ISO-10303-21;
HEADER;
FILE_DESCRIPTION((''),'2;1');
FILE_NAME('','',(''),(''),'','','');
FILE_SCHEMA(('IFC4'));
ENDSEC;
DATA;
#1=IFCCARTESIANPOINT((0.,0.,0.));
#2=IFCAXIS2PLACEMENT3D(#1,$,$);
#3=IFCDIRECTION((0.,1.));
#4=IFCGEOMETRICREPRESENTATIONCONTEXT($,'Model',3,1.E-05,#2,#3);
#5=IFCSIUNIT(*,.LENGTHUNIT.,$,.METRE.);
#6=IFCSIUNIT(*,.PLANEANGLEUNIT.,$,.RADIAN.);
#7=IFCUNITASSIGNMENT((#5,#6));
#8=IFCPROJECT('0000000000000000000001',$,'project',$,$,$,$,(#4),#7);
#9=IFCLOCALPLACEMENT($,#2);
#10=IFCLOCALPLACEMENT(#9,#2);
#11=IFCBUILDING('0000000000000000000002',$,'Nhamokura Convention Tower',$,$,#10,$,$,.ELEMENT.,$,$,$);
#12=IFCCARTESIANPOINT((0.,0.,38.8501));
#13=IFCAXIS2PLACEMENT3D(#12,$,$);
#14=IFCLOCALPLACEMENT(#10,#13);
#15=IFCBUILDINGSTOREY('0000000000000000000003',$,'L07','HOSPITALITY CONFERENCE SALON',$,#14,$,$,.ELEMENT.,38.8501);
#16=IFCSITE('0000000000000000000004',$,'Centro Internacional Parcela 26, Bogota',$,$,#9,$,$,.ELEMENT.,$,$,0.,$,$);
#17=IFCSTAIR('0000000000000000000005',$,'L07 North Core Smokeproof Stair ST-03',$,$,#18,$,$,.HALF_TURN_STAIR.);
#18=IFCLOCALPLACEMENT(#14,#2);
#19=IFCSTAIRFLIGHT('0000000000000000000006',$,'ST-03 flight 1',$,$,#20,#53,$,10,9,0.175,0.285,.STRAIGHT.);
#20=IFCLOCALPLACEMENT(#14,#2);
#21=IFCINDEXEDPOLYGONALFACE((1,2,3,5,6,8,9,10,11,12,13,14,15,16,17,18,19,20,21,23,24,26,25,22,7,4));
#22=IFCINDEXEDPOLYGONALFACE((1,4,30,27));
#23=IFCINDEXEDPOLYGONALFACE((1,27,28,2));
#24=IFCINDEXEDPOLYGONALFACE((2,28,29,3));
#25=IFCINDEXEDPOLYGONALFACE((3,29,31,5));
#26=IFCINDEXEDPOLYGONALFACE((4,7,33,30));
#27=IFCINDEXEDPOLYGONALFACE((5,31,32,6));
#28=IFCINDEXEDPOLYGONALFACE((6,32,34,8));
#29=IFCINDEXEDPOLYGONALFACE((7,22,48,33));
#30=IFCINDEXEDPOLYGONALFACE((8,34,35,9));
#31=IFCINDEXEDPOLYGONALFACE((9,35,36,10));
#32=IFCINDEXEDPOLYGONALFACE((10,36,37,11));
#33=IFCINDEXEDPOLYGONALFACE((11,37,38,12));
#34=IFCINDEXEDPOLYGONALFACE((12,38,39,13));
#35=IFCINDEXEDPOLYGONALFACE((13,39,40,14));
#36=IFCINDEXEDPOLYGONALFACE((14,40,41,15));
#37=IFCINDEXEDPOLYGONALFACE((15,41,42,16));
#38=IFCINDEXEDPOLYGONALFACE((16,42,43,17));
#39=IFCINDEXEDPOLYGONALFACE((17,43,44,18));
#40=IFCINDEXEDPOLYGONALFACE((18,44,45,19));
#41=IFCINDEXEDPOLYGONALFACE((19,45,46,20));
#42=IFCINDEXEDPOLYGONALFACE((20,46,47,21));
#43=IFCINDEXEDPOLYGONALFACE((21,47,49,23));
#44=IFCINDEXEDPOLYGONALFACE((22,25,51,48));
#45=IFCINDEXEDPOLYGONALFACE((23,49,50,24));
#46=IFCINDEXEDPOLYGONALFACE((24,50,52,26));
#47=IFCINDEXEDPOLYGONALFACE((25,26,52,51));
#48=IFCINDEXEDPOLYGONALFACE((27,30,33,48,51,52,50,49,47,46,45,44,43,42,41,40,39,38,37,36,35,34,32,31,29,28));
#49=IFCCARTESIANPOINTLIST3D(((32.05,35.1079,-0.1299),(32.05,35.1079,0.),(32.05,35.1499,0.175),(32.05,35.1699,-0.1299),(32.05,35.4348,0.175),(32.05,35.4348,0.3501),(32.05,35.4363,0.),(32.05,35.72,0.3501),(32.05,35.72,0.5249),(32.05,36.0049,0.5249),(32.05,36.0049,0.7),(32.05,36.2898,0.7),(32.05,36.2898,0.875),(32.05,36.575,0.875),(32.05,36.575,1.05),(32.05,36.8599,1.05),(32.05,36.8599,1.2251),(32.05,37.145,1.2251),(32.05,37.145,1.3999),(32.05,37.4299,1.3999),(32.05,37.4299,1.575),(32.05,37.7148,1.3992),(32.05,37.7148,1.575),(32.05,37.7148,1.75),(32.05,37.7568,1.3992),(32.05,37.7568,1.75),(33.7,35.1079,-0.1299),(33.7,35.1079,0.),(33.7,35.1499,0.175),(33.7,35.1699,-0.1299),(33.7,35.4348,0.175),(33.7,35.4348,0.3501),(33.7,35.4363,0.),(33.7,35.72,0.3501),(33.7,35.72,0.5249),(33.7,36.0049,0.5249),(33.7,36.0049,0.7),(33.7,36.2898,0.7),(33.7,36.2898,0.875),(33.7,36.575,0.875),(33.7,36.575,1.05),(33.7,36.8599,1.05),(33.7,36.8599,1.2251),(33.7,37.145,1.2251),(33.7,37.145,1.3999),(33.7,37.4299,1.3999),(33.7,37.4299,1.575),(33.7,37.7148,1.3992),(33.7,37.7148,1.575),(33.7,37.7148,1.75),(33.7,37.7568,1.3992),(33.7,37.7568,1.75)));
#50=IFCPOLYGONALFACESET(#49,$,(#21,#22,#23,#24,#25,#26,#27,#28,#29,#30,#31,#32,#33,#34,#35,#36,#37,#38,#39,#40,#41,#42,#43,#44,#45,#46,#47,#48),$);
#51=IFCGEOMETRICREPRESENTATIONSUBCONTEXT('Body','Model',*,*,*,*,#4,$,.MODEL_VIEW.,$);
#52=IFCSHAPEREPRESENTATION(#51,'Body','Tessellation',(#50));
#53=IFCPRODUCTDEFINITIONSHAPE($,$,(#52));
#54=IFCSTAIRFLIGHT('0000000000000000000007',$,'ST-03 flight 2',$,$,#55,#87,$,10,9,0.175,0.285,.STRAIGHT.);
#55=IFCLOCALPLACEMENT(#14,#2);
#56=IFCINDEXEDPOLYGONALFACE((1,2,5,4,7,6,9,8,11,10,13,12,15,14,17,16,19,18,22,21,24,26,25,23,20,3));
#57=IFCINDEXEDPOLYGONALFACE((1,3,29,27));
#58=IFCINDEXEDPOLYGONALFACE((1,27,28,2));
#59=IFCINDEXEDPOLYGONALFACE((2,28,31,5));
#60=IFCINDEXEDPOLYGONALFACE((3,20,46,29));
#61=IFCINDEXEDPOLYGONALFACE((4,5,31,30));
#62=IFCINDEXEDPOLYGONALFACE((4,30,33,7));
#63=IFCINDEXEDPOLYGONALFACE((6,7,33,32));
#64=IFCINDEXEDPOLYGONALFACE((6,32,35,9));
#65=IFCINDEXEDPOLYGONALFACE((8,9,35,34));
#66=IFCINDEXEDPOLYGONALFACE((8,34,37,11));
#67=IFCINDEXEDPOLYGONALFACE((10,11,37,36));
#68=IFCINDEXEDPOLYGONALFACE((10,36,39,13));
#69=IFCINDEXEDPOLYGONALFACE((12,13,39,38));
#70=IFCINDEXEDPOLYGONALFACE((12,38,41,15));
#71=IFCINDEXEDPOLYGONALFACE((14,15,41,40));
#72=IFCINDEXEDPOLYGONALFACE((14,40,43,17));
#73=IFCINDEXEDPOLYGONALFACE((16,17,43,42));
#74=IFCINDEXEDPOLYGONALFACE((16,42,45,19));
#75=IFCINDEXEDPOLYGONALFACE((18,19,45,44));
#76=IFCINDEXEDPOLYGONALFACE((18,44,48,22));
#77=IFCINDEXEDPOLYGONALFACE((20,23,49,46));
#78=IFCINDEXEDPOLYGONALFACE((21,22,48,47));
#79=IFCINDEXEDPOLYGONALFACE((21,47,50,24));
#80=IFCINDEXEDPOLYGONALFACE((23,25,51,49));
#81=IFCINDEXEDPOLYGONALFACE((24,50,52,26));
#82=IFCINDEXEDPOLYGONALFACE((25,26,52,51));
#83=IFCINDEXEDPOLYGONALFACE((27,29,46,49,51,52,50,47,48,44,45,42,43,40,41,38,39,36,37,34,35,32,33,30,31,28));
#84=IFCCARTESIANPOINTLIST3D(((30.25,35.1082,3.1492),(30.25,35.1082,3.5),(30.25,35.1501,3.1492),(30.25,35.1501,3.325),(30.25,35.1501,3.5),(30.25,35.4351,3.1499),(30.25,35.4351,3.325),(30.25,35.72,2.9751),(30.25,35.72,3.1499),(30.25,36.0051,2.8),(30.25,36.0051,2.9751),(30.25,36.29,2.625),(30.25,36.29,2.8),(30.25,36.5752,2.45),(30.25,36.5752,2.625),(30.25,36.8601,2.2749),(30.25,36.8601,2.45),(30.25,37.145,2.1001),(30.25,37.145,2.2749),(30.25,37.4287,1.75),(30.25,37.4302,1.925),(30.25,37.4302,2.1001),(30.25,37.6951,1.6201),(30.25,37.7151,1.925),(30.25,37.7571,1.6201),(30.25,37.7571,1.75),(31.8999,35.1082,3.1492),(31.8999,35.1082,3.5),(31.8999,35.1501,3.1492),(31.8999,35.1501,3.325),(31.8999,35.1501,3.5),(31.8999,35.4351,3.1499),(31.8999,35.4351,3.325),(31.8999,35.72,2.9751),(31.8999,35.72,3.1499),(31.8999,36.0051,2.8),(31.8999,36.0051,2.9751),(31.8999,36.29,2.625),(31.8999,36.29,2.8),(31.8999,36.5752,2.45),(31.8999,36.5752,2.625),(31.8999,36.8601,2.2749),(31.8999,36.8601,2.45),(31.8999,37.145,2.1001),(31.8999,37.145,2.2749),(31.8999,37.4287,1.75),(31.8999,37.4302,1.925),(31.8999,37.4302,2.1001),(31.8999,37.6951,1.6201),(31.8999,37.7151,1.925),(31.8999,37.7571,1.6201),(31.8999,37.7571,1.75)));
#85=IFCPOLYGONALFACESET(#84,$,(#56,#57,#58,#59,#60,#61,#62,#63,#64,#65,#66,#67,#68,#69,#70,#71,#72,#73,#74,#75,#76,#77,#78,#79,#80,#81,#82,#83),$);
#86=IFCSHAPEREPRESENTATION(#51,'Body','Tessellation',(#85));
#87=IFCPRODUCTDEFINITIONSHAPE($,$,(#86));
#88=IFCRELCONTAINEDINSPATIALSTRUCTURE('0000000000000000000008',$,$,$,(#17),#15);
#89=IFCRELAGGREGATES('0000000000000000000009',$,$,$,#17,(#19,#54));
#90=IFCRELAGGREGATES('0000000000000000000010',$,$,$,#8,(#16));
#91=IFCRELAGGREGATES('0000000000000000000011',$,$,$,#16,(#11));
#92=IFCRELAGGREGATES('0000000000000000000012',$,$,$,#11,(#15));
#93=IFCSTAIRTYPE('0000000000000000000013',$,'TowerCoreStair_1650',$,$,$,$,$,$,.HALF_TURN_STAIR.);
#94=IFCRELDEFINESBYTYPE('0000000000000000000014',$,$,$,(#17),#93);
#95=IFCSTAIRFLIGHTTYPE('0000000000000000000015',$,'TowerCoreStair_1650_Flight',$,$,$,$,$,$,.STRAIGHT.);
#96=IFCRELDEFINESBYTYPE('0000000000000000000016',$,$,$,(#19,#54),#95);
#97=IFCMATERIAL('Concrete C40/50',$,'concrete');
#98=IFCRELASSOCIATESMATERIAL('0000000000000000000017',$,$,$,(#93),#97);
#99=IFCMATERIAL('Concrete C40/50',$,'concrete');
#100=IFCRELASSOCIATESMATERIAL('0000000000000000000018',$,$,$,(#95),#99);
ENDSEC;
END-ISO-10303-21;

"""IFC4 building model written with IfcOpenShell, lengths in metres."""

from ifc_helpers import new_model, si_unit, direction, frame, origin, place, context, subcontext, project, spatial, polyline, outline, extrude, material, type_object, element, aggregate, save


model = new_model("IFC4")

# Units and contexts
model_context = context("Model", 3, precision=1e-05, world=origin(), true_north=direction((0.0, 1.0)))
body_context = subcontext(model_context, "Body", "Model", "MODEL_VIEW")
ifc_project = project(units=[si_unit("LENGTHUNIT", "METRE"), si_unit("PLANEANGLEUNIT", "RADIAN")], contexts=[model_context])

# Site, building, storey
site_placement = place(None, origin())
site = spatial("IfcSite", under=ifc_project, at=site_placement, Name="Centro Internacional Parcela 26, Bogota", CompositionType="ELEMENT", RefElevation=0.0)
building_placement = place(site_placement, origin())
building = spatial("IfcBuilding", under=site, at=building_placement, Name="Nhamokura Convention Tower", CompositionType="ELEMENT")
storey_placement = place(building_placement, frame((0.0, 0.0, 38.8501)))
storey = spatial("IfcBuildingStorey", under=building, at=storey_placement, Name="L07", Description="HOSPITALITY CONFERENCE SALON", CompositionType="ELEMENT", Elevation=38.8501)

# Stair, stair flights
ifc_material_1 = material(Name="Concrete C40/50", Category="concrete")
stair_type = type_object("IfcStairType", Name="TowerCoreStair_1650", PredefinedType="HALF_TURN_STAIR", material=ifc_material_1)
stair_placement = place(storey_placement, origin())
stair = element("IfcStair", 1, at=stair_placement, inside=storey, type_object=stair_type, Name="L07 North Core Smokeproof Stair ST-03", PredefinedType="HALF_TURN_STAIR")
ifc_material_2 = material(Name="Concrete C40/50", Category="concrete")
stair_flight_type = type_object("IfcStairFlightType", Name="TowerCoreStair_1650_Flight", PredefinedType="STRAIGHT", material=ifc_material_2)
stair_flight_1_placement = place(storey_placement, frame((32.875, 35.1499, 0.0), z_axis=(0.0, 0.0, 1.0), x_axis=(0.0, 1.0, 0.0)))
stair_flight_1 = element("IfcStairFlight", 2, at=stair_flight_1_placement, type_object=stair_flight_type, Name="ST-03 flight 1", NumberOfRisers=10, NumberOfTreads=9, PredefinedType="STRAIGHT", RiserHeight=0.175, TreadLength=0.285, context=body_context, shape_type="SweptSolid", body=[
    extrude(outline(polyline([(-0.042, 0.0), (0.0, 0.175), (0.2849, 0.175), (0.2849, 0.3501), (0.5701, 0.3501), (0.5701, 0.5249), (0.855, 0.5249), (0.855, 0.7), (1.1399, 0.7), (1.1399, 0.875), (1.425, 0.875), (1.425, 1.05), (1.71, 1.05), (1.71, 1.2251), (1.9951, 1.2251), (1.9951, 1.3999), (2.28, 1.3999), (2.28, 1.575), (2.5649, 1.575), (2.5649, 1.75), (2.6069, 1.75), (2.6069, 1.3992), (2.5649, 1.3992), (0.2864, 0.0), (0.02, -0.1299), (-0.042, -0.1299), (-0.042, 0.0)])), frame((0.0, 0.825, 0.0), z_axis=(0.0, -1.0, 0.0), x_axis=(1.0, 0.0, 0.0)), (0.0, 0.0, 1.0), 1.6499),
])
stair_flight_2_placement = place(storey_placement, frame((31.075, 37.7151, 1.75), z_axis=(0.0, 0.0, 1.0), x_axis=(0.0, -1.0, 0.0)))
stair_flight_2 = element("IfcStairFlight", 3, at=stair_flight_2_placement, type_object=stair_flight_type, Name="ST-03 flight 2", NumberOfRisers=10, NumberOfTreads=9, PredefinedType="STRAIGHT", RiserHeight=0.175, TreadLength=0.285, context=body_context, shape_type="SweptSolid", body=[
    extrude(outline(polyline([(-0.042, 0.0), (0.0, 0.175), (0.2849, 0.175), (0.2849, 0.3501), (0.5701, 0.3501), (0.5701, 0.5249), (0.855, 0.5249), (0.855, 0.7), (1.1399, 0.7), (1.1399, 0.875), (1.425, 0.875), (1.425, 1.05), (1.71, 1.05), (1.71, 1.2251), (1.9951, 1.2251), (1.9951, 1.3999), (2.28, 1.3999), (2.28, 1.575), (2.5649, 1.575), (2.5649, 1.75), (2.6069, 1.75), (2.6069, 1.3992), (2.5649, 1.3992), (0.2864, 0.0), (0.02, -0.1299), (-0.042, -0.1299), (-0.042, 0.0)])), frame((0.0, 0.825, 0.0), z_axis=(0.0, -1.0, 0.0), x_axis=(1.0, 0.0, 0.0)), (0.0, 0.0, 1.0), 1.6499),
])
aggregate(stair, [stair_flight_1, stair_flight_2])

save(model, "model.ifc")
